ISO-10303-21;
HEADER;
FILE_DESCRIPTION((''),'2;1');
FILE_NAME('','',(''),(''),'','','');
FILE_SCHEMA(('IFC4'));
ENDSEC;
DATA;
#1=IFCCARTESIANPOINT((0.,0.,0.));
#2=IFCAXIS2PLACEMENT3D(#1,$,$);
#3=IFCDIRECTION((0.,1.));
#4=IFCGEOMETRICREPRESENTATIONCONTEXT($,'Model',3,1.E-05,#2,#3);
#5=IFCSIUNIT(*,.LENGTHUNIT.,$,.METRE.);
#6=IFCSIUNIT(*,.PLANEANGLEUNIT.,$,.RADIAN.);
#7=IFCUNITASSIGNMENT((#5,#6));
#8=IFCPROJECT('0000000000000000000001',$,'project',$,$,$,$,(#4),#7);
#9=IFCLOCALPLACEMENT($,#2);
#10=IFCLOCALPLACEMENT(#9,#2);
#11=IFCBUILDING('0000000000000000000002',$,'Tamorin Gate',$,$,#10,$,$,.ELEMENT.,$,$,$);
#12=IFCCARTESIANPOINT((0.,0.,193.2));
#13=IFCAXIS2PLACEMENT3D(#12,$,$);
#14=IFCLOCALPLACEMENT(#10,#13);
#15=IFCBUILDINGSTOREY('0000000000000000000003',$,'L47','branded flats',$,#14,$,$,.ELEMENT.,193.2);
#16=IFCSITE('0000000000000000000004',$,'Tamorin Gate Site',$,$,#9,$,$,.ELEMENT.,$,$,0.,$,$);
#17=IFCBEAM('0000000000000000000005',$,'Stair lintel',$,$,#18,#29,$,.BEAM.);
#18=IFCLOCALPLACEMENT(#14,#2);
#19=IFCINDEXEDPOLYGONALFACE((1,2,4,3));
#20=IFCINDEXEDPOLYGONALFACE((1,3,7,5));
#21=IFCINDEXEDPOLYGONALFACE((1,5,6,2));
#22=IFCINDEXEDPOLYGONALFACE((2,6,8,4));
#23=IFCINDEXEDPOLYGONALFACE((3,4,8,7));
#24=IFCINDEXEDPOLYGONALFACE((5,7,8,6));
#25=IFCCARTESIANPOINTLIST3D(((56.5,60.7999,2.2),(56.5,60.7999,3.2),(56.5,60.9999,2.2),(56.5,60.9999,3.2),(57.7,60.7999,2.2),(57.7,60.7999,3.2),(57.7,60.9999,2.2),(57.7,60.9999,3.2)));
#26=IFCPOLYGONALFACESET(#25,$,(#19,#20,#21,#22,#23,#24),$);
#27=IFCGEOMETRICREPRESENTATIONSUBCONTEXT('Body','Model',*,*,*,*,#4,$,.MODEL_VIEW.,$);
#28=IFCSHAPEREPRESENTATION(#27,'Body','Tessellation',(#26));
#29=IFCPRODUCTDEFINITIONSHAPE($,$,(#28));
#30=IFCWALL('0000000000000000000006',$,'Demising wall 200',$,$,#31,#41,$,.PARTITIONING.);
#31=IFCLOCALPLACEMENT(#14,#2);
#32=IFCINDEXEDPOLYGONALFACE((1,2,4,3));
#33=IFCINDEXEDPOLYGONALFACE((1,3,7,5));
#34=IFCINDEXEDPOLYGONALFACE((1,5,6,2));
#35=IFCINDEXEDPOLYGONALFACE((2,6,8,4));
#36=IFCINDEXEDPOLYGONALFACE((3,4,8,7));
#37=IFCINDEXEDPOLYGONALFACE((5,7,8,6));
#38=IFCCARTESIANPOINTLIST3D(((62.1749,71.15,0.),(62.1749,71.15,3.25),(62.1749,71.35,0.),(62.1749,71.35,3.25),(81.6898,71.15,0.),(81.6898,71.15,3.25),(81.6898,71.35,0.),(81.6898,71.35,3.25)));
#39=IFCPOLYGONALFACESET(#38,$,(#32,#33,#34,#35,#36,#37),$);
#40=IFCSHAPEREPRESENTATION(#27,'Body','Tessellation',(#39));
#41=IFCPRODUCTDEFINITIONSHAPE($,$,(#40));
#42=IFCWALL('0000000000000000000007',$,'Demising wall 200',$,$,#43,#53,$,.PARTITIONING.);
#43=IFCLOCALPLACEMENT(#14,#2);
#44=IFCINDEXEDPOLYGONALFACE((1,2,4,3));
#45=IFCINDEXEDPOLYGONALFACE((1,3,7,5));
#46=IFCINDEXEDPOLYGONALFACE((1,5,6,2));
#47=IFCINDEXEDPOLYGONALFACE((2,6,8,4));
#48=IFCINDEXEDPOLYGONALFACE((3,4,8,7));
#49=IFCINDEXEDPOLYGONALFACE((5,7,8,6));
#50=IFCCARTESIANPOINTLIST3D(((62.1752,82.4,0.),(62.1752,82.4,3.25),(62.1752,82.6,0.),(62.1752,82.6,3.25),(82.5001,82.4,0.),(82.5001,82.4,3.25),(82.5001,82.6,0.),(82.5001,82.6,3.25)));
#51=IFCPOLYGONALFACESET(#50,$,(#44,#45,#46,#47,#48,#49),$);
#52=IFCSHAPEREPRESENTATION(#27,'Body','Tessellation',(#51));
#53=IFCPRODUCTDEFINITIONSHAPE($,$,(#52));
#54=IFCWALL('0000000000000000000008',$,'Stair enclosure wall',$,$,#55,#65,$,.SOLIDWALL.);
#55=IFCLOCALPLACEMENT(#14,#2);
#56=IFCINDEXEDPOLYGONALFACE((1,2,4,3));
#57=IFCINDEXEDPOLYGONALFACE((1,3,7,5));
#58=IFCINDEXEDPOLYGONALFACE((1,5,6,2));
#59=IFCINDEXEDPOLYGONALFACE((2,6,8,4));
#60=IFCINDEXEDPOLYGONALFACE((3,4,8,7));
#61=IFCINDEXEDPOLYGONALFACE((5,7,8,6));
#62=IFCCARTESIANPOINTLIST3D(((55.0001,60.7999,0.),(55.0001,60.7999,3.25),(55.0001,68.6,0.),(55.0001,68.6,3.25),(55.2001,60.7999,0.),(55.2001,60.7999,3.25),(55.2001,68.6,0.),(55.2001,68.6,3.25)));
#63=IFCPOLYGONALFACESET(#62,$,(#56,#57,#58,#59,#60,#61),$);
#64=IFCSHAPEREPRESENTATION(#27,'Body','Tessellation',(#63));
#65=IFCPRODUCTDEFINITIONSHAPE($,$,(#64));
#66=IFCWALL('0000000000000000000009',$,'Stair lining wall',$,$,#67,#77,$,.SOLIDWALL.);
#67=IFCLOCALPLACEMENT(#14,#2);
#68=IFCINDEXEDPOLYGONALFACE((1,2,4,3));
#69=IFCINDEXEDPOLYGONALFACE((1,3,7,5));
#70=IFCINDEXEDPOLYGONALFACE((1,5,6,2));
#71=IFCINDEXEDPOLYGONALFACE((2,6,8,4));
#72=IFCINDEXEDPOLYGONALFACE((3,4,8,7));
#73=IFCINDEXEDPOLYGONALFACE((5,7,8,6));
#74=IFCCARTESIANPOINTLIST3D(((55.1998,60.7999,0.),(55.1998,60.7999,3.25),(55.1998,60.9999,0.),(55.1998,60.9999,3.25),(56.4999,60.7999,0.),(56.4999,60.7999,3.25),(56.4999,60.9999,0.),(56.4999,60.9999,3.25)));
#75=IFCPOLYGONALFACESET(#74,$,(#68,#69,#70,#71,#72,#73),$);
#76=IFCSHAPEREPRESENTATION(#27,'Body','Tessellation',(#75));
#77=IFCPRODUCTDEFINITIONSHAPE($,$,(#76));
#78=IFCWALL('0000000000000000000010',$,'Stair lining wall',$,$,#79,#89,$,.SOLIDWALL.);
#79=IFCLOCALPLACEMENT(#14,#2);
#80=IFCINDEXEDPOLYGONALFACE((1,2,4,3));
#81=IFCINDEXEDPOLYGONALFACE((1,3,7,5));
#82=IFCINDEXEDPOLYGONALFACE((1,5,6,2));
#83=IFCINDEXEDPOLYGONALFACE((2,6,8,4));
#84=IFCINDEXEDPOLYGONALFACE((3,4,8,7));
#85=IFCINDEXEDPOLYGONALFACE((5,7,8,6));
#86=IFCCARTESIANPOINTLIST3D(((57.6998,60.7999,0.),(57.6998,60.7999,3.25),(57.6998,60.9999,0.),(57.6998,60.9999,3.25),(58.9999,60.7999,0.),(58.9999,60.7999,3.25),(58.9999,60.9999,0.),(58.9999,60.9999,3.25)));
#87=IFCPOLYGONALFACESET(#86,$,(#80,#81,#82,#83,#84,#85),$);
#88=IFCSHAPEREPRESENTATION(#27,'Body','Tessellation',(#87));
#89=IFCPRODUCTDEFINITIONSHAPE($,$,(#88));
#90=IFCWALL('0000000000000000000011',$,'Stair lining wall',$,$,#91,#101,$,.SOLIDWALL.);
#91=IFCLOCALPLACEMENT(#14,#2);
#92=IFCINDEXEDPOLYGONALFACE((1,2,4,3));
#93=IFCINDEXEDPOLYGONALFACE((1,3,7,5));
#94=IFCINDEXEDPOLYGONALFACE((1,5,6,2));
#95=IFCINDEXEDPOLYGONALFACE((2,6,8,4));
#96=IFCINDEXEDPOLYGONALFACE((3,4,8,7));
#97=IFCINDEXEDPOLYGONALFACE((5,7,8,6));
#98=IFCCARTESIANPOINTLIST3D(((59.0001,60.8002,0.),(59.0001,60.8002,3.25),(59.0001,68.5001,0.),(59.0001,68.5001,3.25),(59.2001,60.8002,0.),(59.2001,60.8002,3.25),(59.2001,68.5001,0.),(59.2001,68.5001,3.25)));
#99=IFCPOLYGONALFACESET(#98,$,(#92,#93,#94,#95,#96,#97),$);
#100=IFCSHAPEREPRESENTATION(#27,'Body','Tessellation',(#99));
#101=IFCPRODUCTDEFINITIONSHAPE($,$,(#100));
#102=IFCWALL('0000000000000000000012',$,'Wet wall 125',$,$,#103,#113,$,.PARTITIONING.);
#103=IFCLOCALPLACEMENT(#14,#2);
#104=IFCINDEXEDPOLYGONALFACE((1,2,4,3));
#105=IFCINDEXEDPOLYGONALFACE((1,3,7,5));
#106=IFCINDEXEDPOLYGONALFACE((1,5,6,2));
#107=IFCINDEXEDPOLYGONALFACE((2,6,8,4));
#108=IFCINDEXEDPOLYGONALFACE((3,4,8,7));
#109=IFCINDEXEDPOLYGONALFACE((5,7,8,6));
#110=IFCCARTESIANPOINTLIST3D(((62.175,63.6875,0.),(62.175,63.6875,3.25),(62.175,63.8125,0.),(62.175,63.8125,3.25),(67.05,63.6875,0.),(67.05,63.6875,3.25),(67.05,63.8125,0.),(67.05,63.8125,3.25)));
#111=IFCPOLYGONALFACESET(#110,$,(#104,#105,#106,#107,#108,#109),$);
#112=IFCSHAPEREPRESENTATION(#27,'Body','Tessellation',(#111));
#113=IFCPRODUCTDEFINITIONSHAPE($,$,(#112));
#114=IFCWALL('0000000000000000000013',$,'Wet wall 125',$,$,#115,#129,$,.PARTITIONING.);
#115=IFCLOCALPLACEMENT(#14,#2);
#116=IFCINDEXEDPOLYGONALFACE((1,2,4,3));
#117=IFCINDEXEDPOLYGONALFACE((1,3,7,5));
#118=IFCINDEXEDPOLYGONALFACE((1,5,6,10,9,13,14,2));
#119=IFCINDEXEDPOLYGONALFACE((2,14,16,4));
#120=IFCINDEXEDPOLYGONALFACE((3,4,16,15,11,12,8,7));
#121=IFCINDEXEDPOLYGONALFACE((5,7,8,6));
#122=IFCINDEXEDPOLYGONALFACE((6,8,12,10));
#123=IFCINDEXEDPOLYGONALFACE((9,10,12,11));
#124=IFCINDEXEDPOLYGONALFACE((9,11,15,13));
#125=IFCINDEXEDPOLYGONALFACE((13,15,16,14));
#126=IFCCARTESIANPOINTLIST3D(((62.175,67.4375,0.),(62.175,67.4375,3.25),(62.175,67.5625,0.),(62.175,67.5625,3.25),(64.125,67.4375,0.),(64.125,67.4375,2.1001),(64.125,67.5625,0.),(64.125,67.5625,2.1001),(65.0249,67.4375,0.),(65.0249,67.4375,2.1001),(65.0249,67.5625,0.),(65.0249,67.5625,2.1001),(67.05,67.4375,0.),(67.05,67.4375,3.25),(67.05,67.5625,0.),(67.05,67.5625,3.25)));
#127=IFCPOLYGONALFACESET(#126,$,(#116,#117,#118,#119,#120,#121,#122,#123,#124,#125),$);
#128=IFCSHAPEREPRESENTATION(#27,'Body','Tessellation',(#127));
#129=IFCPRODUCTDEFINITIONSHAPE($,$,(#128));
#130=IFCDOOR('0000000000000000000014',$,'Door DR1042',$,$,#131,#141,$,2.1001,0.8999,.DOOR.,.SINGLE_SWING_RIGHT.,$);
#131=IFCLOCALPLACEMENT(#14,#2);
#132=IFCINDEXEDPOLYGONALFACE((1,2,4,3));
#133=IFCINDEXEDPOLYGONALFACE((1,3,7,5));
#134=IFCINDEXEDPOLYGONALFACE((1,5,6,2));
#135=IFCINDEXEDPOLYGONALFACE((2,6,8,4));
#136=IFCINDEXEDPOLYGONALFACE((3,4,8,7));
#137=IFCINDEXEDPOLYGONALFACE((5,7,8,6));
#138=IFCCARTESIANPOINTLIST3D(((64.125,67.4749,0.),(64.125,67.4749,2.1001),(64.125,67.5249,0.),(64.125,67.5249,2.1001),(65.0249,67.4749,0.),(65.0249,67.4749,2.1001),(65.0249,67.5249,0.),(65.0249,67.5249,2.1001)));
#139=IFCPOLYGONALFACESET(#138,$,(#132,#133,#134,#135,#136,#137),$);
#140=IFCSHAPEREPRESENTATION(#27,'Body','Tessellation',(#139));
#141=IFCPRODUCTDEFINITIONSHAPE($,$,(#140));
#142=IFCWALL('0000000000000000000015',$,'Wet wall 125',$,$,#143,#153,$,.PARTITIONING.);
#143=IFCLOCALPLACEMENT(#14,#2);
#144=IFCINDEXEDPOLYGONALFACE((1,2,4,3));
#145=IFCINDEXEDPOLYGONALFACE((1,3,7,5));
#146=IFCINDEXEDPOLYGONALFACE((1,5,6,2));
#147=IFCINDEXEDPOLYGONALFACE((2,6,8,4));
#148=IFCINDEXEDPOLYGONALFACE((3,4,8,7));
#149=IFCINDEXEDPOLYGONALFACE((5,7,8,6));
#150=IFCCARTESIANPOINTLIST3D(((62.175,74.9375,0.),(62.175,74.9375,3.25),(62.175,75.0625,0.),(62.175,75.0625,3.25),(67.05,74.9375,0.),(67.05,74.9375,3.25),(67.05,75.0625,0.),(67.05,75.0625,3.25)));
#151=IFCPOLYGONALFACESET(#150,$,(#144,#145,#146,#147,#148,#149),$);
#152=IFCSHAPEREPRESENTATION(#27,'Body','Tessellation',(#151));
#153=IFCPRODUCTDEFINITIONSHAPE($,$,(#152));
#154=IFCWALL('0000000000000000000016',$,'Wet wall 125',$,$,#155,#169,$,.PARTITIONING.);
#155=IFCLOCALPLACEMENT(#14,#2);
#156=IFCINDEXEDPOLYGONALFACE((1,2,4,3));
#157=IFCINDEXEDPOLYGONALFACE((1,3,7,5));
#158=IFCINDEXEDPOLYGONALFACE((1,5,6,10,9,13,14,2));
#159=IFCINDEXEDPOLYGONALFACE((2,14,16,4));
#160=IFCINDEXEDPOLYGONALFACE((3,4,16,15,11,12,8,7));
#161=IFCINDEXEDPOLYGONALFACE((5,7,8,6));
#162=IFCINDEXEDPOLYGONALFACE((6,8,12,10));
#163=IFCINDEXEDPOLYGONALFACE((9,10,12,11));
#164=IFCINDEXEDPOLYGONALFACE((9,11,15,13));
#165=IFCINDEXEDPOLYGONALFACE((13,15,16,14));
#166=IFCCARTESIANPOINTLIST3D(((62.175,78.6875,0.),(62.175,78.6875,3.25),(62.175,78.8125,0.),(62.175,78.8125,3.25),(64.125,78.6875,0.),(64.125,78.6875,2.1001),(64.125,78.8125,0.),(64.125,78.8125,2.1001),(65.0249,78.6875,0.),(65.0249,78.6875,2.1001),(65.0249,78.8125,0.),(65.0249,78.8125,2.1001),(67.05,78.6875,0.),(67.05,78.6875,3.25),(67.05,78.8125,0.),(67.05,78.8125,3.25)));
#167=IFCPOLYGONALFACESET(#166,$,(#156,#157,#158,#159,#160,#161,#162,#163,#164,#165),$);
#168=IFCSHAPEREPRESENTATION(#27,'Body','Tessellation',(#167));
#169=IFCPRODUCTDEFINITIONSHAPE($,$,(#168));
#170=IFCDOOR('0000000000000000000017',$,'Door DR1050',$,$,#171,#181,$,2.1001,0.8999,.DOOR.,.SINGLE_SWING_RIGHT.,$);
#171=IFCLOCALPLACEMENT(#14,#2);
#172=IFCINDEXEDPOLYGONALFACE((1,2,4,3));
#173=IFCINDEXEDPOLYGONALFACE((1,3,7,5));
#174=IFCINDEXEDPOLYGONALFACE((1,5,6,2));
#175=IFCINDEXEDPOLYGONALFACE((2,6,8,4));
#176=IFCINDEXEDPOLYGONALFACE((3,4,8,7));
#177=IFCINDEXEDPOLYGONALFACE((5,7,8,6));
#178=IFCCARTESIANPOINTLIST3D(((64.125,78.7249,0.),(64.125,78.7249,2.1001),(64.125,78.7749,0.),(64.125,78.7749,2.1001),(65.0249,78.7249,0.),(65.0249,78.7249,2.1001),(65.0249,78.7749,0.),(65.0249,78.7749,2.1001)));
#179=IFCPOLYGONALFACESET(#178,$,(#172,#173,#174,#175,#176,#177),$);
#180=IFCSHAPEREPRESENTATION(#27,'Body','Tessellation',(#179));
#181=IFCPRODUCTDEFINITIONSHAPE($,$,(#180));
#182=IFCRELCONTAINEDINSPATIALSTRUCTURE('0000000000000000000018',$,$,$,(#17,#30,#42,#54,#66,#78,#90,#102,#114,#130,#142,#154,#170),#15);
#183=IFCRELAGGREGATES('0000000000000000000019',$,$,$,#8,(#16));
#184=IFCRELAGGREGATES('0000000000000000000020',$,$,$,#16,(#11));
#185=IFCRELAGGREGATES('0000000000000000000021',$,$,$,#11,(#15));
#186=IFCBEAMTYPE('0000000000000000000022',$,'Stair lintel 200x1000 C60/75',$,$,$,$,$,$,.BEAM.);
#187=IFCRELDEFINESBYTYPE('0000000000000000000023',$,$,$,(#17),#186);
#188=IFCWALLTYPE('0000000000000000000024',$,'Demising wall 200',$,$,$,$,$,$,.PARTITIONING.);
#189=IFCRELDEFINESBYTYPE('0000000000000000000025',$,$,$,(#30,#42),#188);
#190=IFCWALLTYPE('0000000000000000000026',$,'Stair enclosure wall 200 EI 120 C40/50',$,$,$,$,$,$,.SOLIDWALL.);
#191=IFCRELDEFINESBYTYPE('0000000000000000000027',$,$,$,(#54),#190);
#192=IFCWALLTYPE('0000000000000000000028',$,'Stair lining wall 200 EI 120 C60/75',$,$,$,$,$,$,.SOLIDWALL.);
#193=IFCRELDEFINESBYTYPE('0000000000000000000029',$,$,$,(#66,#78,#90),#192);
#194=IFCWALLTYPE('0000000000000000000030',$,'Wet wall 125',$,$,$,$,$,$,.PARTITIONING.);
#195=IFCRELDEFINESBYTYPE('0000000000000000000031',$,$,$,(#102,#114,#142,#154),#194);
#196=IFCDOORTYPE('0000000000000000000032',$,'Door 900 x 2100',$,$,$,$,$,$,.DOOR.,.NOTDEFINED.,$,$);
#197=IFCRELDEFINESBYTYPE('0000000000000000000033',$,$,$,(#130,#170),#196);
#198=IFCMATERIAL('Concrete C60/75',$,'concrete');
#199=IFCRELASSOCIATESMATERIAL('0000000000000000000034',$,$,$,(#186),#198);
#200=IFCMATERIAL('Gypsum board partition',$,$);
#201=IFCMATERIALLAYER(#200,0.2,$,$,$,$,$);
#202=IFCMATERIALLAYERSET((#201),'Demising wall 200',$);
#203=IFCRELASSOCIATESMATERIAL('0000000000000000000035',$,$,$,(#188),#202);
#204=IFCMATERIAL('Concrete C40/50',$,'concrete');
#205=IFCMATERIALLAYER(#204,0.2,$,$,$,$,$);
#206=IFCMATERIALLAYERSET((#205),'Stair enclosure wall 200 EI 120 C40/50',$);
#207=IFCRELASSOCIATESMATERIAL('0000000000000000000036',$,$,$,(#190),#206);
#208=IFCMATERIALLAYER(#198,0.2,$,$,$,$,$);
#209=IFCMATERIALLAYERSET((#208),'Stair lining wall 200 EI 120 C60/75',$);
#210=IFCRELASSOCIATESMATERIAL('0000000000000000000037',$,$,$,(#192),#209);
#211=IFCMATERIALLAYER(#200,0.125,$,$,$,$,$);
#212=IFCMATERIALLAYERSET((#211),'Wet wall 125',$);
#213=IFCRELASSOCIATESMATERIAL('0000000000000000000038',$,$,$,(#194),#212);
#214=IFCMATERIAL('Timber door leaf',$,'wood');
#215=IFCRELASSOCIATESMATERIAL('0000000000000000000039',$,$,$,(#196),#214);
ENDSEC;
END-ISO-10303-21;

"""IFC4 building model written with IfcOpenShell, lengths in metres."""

from ifc_helpers import new_model, si_unit, direction, frame, frame_2d, origin, origin_2d, place, context, subcontext, project, spatial, rectangle, extrude, material, layer, layer_set, material_profile, profile_set, type_object, element, fill, save


model = new_model("IFC4")

# Units and contexts
model_context = context("Model", 3, precision=1e-05, world=origin(), true_north=direction((0.0, 1.0)))
body_context = subcontext(model_context, "Body", "Model", "MODEL_VIEW")
ifc_project = project(units=[si_unit("LENGTHUNIT", "METRE"), si_unit("PLANEANGLEUNIT", "RADIAN")], contexts=[model_context])

# Site, building, storey
site_placement = place(None, origin())
site = spatial("IfcSite", under=ifc_project, at=site_placement, Name="Tamorin Gate Site", CompositionType="ELEMENT", RefElevation=0.0)
building_placement = place(site_placement, origin())
building = spatial("IfcBuilding", under=site, at=building_placement, Name="Tamorin Gate", CompositionType="ELEMENT")
storey_placement = place(building_placement, frame((0.0, 0.0, 193.2)))
storey = spatial("IfcBuildingStorey", under=building, at=storey_placement, Name="L47", Description="branded flats", CompositionType="ELEMENT", Elevation=193.2)

# Beam
ifc_material_1 = material(Name="Concrete C60/75", Category="concrete")
ifc_material_profile = material_profile(ifc_material_1, rectangle(XDim=0.2, YDim=1.0, at=origin_2d()))
ifc_profile_set = profile_set([ifc_material_profile], Name="Concrete C60/75")
beam_type = type_object("IfcBeamType", Name="Stair lintel 200x1000 C60/75", PredefinedType="BEAM", material=ifc_profile_set)
beam_placement = place(storey_placement, frame((56.5, 60.8999, 2.7), z_axis=(1.0, 0.0, 0.0), x_axis=(0.0, 1.0, 0.0)))
element("IfcBeam", 1, at=beam_placement, inside=storey, type_object=beam_type, Name="Stair lintel", PredefinedType="BEAM", context=body_context, shape_type="SweptSolid", body=[
    extrude(rectangle(XDim=0.2, YDim=1.0, at=origin_2d()), origin(), (0.0, 0.0, 1.0), 1.2),
])

# Walls
ifc_material_2 = material(Name="Gypsum board partition")
ifc_layer_1 = layer(ifc_material_2, 0.2)
ifc_layer_set_1 = layer_set([ifc_layer_1], Name="Demising wall 200")
wall_type_1 = type_object("IfcWallType", Name="Demising wall 200", PredefinedType="PARTITIONING", material=ifc_layer_set_1)
wall_1_placement = place(storey_placement, frame((62.175, 71.25, 0.0), z_axis=(0.0, 0.0, 1.0), x_axis=(1.0, 0.0, 0.0)))
element("IfcWall", 2, at=wall_1_placement, inside=storey, type_object=wall_type_1, Name="Demising wall 200", PredefinedType="PARTITIONING", context=body_context, shape_type="SweptSolid", body=[
    extrude(rectangle(XDim=19.5149, YDim=0.2, at=frame_2d((9.7573, 0.0))), origin(), (0.0, 0.0, 1.0), 3.25),
])
wall_2_placement = place(storey_placement, frame((62.175, 82.5, 0.0), z_axis=(0.0, 0.0, 1.0), x_axis=(1.0, 0.0, 0.0)))
element("IfcWall", 3, at=wall_2_placement, inside=storey, type_object=wall_type_1, Name="Demising wall 200", PredefinedType="PARTITIONING", context=body_context, shape_type="SweptSolid", body=[
    extrude(rectangle(XDim=20.325, YDim=0.2, at=frame_2d((10.1626, 0.0))), origin(), (0.0, 0.0, 1.0), 3.25),
])
ifc_material_3 = material(Name="Concrete C40/50", Category="concrete")
ifc_layer_2 = layer(ifc_material_3, 0.2)
ifc_layer_set_2 = layer_set([ifc_layer_2], Name="Stair enclosure wall 200 EI 120 C40/50")
wall_type_2 = type_object("IfcWallType", Name="Stair enclosure wall 200 EI 120 C40/50", PredefinedType="SOLIDWALL", material=ifc_layer_set_2)
wall_3_placement = place(storey_placement, frame((55.1001, 60.8, 0.0), z_axis=(0.0, 0.0, 1.0), x_axis=(0.0, 1.0, 0.0)))
element("IfcWall", 4, at=wall_3_placement, inside=storey, type_object=wall_type_2, Name="Stair enclosure wall", PredefinedType="SOLIDWALL", context=body_context, shape_type="SweptSolid", body=[
    extrude(rectangle(XDim=7.8, YDim=0.2, at=frame_2d((3.8999, 0.0))), origin(), (0.0, 0.0, 1.0), 3.25),
])
ifc_layer_3 = layer(ifc_material_1, 0.2)
ifc_layer_set_3 = layer_set([ifc_layer_3], Name="Stair lining wall 200 EI 120 C60/75")
wall_type_3 = type_object("IfcWallType", Name="Stair lining wall 200 EI 120 C60/75", PredefinedType="SOLIDWALL", material=ifc_layer_set_3)
for number, where, z_axis, x_axis, name in (
    (5, (55.2, 60.8999, 0.0), (0.0, 0.0, 1.0), (1.0, 0.0, 0.0), "Stair lining wall"),
    (6, (57.7, 60.8999, 0.0), (0.0, 0.0, 1.0), (1.0, 0.0, 0.0), "Stair lining wall"),
):
    element("IfcWall", number, at=place(storey_placement, frame(where, z_axis=z_axis, x_axis=x_axis)), inside=storey, type_object=wall_type_3, Name=name, PredefinedType="SOLIDWALL", context=body_context, shape_type="SweptSolid", body=[
        extrude(rectangle(XDim=1.3, YDim=0.2, at=frame_2d((0.6499, 0.0))), origin(), (0.0, 0.0, 1.0), 3.25),
    ])
wall_4_placement = place(storey_placement, frame((59.1001, 60.8, 0.0), z_axis=(0.0, 0.0, 1.0), x_axis=(0.0, 1.0, 0.0)))
element("IfcWall", 7, at=wall_4_placement, inside=storey, type_object=wall_type_3, Name="Stair lining wall", PredefinedType="SOLIDWALL", context=body_context, shape_type="SweptSolid", body=[
    extrude(rectangle(XDim=7.7, YDim=0.2, at=frame_2d((3.8501, 0.0))), origin(), (0.0, 0.0, 1.0), 3.25),
])
ifc_layer_4 = layer(ifc_material_2, 0.125)
ifc_layer_set_4 = layer_set([ifc_layer_4], Name="Wet wall 125")
wall_type_4 = type_object("IfcWallType", Name="Wet wall 125", PredefinedType="PARTITIONING", material=ifc_layer_set_4)
wall_5_placement = place(storey_placement, frame((62.175, 63.75, 0.0), z_axis=(0.0, 0.0, 1.0), x_axis=(1.0, 0.0, 0.0)))
element("IfcWall", 8, at=wall_5_placement, inside=storey, type_object=wall_type_4, Name="Wet wall 125", PredefinedType="PARTITIONING", context=body_context, shape_type="SweptSolid", body=[
    extrude(rectangle(XDim=4.875, YDim=0.125, at=frame_2d((2.4375, 0.0))), origin(), (0.0, 0.0, 1.0), 3.25),
])

# Wall, opening, door
wall_6_placement = place(storey_placement, frame((62.175, 67.5, 0.0), z_axis=(0.0, 0.0, 1.0), x_axis=(1.0, 0.0, 0.0)))
wall_6 = element("IfcWall", 9, at=wall_6_placement, inside=storey, type_object=wall_type_4, Name="Wet wall 125", PredefinedType="PARTITIONING", context=body_context, shape_type="SweptSolid", body=[
    extrude(rectangle(XDim=4.875, YDim=0.125, at=frame_2d((2.4375, 0.0))), origin(), (0.0, 0.0, 1.0), 3.25),
])
opening_1_placement = place(wall_6_placement, frame((1.95, 0.0, 0.0)))
opening_1 = element("IfcOpeningElement", 10, at=opening_1_placement, cuts=wall_6, PredefinedType="OPENING", context=body_context, shape_type="SweptSolid", body=[
    extrude(rectangle(XDim=0.8999, YDim=2.1001, at=frame_2d((0.45, 1.05))), frame((0.0, 0.0725, 0.0), z_axis=(0.0, -1.0, 0.0), x_axis=(1.0, 0.0, 0.0)), (0.0, 0.0, 1.0), 0.145),
])
ifc_material_4 = material(Name="Timber door leaf", Category="wood")
door_type = type_object("IfcDoorType", Name="Door 900 x 2100", OperationType="NOTDEFINED", PredefinedType="DOOR", material=ifc_material_4)
door_1_placement = place(opening_1_placement, origin())
door_1 = element("IfcDoor", 11, at=door_1_placement, inside=storey, type_object=door_type, Name="Door DR1042", OperationType="SINGLE_SWING_RIGHT", OverallHeight=2.1001, OverallWidth=0.8999, PredefinedType="DOOR", context=body_context, shape_type="SweptSolid", body=[
    extrude(rectangle(XDim=0.8999, YDim=2.1001, at=frame_2d((0.45, 1.05))), frame((0.0, 0.0249, 0.0), z_axis=(0.0, -1.0, 0.0), x_axis=(1.0, 0.0, 0.0)), (0.0, 0.0, 1.0), 0.05),
])
fill(opening_1, door_1)

# Wall
wall_7_placement = place(storey_placement, frame((62.175, 75.0, 0.0), z_axis=(0.0, 0.0, 1.0), x_axis=(1.0, 0.0, 0.0)))
element("IfcWall", 12, at=wall_7_placement, inside=storey, type_object=wall_type_4, Name="Wet wall 125", PredefinedType="PARTITIONING", context=body_context, shape_type="SweptSolid", body=[
    extrude(rectangle(XDim=4.875, YDim=0.125, at=frame_2d((2.4375, 0.0))), origin(), (0.0, 0.0, 1.0), 3.25),
])

# Wall, opening, door
wall_8_placement = place(storey_placement, frame((62.175, 78.75, 0.0), z_axis=(0.0, 0.0, 1.0), x_axis=(1.0, 0.0, 0.0)))
wall_8 = element("IfcWall", 13, at=wall_8_placement, inside=storey, type_object=wall_type_4, Name="Wet wall 125", PredefinedType="PARTITIONING", context=body_context, shape_type="SweptSolid", body=[
    extrude(rectangle(XDim=4.875, YDim=0.125, at=frame_2d((2.4375, 0.0))), origin(), (0.0, 0.0, 1.0), 3.25),
])
opening_2_placement = place(wall_8_placement, frame((1.95, 0.0, 0.0)))
opening_2 = element("IfcOpeningElement", 14, at=opening_2_placement, cuts=wall_8, PredefinedType="OPENING", context=body_context, shape_type="SweptSolid", body=[
    extrude(rectangle(XDim=0.8999, YDim=2.1001, at=frame_2d((0.45, 1.05))), frame((0.0, 0.0725, 0.0), z_axis=(0.0, -1.0, 0.0), x_axis=(1.0, 0.0, 0.0)), (0.0, 0.0, 1.0), 0.145),
])
door_2_placement = place(opening_2_placement, origin())
door_2 = element("IfcDoor", 15, at=door_2_placement, inside=storey, type_object=door_type, Name="Door DR1050", OperationType="SINGLE_SWING_RIGHT", OverallHeight=2.1001, OverallWidth=0.8999, PredefinedType="DOOR", context=body_context, shape_type="SweptSolid", body=[
    extrude(rectangle(XDim=0.8999, YDim=2.1001, at=frame_2d((0.45, 1.05))), frame((0.0, 0.0249, 0.0), z_axis=(0.0, -1.0, 0.0), x_axis=(1.0, 0.0, 0.0)), (0.0, 0.0, 1.0), 0.05),
])
fill(opening_2, door_2)

save(model, "model.ifc")
